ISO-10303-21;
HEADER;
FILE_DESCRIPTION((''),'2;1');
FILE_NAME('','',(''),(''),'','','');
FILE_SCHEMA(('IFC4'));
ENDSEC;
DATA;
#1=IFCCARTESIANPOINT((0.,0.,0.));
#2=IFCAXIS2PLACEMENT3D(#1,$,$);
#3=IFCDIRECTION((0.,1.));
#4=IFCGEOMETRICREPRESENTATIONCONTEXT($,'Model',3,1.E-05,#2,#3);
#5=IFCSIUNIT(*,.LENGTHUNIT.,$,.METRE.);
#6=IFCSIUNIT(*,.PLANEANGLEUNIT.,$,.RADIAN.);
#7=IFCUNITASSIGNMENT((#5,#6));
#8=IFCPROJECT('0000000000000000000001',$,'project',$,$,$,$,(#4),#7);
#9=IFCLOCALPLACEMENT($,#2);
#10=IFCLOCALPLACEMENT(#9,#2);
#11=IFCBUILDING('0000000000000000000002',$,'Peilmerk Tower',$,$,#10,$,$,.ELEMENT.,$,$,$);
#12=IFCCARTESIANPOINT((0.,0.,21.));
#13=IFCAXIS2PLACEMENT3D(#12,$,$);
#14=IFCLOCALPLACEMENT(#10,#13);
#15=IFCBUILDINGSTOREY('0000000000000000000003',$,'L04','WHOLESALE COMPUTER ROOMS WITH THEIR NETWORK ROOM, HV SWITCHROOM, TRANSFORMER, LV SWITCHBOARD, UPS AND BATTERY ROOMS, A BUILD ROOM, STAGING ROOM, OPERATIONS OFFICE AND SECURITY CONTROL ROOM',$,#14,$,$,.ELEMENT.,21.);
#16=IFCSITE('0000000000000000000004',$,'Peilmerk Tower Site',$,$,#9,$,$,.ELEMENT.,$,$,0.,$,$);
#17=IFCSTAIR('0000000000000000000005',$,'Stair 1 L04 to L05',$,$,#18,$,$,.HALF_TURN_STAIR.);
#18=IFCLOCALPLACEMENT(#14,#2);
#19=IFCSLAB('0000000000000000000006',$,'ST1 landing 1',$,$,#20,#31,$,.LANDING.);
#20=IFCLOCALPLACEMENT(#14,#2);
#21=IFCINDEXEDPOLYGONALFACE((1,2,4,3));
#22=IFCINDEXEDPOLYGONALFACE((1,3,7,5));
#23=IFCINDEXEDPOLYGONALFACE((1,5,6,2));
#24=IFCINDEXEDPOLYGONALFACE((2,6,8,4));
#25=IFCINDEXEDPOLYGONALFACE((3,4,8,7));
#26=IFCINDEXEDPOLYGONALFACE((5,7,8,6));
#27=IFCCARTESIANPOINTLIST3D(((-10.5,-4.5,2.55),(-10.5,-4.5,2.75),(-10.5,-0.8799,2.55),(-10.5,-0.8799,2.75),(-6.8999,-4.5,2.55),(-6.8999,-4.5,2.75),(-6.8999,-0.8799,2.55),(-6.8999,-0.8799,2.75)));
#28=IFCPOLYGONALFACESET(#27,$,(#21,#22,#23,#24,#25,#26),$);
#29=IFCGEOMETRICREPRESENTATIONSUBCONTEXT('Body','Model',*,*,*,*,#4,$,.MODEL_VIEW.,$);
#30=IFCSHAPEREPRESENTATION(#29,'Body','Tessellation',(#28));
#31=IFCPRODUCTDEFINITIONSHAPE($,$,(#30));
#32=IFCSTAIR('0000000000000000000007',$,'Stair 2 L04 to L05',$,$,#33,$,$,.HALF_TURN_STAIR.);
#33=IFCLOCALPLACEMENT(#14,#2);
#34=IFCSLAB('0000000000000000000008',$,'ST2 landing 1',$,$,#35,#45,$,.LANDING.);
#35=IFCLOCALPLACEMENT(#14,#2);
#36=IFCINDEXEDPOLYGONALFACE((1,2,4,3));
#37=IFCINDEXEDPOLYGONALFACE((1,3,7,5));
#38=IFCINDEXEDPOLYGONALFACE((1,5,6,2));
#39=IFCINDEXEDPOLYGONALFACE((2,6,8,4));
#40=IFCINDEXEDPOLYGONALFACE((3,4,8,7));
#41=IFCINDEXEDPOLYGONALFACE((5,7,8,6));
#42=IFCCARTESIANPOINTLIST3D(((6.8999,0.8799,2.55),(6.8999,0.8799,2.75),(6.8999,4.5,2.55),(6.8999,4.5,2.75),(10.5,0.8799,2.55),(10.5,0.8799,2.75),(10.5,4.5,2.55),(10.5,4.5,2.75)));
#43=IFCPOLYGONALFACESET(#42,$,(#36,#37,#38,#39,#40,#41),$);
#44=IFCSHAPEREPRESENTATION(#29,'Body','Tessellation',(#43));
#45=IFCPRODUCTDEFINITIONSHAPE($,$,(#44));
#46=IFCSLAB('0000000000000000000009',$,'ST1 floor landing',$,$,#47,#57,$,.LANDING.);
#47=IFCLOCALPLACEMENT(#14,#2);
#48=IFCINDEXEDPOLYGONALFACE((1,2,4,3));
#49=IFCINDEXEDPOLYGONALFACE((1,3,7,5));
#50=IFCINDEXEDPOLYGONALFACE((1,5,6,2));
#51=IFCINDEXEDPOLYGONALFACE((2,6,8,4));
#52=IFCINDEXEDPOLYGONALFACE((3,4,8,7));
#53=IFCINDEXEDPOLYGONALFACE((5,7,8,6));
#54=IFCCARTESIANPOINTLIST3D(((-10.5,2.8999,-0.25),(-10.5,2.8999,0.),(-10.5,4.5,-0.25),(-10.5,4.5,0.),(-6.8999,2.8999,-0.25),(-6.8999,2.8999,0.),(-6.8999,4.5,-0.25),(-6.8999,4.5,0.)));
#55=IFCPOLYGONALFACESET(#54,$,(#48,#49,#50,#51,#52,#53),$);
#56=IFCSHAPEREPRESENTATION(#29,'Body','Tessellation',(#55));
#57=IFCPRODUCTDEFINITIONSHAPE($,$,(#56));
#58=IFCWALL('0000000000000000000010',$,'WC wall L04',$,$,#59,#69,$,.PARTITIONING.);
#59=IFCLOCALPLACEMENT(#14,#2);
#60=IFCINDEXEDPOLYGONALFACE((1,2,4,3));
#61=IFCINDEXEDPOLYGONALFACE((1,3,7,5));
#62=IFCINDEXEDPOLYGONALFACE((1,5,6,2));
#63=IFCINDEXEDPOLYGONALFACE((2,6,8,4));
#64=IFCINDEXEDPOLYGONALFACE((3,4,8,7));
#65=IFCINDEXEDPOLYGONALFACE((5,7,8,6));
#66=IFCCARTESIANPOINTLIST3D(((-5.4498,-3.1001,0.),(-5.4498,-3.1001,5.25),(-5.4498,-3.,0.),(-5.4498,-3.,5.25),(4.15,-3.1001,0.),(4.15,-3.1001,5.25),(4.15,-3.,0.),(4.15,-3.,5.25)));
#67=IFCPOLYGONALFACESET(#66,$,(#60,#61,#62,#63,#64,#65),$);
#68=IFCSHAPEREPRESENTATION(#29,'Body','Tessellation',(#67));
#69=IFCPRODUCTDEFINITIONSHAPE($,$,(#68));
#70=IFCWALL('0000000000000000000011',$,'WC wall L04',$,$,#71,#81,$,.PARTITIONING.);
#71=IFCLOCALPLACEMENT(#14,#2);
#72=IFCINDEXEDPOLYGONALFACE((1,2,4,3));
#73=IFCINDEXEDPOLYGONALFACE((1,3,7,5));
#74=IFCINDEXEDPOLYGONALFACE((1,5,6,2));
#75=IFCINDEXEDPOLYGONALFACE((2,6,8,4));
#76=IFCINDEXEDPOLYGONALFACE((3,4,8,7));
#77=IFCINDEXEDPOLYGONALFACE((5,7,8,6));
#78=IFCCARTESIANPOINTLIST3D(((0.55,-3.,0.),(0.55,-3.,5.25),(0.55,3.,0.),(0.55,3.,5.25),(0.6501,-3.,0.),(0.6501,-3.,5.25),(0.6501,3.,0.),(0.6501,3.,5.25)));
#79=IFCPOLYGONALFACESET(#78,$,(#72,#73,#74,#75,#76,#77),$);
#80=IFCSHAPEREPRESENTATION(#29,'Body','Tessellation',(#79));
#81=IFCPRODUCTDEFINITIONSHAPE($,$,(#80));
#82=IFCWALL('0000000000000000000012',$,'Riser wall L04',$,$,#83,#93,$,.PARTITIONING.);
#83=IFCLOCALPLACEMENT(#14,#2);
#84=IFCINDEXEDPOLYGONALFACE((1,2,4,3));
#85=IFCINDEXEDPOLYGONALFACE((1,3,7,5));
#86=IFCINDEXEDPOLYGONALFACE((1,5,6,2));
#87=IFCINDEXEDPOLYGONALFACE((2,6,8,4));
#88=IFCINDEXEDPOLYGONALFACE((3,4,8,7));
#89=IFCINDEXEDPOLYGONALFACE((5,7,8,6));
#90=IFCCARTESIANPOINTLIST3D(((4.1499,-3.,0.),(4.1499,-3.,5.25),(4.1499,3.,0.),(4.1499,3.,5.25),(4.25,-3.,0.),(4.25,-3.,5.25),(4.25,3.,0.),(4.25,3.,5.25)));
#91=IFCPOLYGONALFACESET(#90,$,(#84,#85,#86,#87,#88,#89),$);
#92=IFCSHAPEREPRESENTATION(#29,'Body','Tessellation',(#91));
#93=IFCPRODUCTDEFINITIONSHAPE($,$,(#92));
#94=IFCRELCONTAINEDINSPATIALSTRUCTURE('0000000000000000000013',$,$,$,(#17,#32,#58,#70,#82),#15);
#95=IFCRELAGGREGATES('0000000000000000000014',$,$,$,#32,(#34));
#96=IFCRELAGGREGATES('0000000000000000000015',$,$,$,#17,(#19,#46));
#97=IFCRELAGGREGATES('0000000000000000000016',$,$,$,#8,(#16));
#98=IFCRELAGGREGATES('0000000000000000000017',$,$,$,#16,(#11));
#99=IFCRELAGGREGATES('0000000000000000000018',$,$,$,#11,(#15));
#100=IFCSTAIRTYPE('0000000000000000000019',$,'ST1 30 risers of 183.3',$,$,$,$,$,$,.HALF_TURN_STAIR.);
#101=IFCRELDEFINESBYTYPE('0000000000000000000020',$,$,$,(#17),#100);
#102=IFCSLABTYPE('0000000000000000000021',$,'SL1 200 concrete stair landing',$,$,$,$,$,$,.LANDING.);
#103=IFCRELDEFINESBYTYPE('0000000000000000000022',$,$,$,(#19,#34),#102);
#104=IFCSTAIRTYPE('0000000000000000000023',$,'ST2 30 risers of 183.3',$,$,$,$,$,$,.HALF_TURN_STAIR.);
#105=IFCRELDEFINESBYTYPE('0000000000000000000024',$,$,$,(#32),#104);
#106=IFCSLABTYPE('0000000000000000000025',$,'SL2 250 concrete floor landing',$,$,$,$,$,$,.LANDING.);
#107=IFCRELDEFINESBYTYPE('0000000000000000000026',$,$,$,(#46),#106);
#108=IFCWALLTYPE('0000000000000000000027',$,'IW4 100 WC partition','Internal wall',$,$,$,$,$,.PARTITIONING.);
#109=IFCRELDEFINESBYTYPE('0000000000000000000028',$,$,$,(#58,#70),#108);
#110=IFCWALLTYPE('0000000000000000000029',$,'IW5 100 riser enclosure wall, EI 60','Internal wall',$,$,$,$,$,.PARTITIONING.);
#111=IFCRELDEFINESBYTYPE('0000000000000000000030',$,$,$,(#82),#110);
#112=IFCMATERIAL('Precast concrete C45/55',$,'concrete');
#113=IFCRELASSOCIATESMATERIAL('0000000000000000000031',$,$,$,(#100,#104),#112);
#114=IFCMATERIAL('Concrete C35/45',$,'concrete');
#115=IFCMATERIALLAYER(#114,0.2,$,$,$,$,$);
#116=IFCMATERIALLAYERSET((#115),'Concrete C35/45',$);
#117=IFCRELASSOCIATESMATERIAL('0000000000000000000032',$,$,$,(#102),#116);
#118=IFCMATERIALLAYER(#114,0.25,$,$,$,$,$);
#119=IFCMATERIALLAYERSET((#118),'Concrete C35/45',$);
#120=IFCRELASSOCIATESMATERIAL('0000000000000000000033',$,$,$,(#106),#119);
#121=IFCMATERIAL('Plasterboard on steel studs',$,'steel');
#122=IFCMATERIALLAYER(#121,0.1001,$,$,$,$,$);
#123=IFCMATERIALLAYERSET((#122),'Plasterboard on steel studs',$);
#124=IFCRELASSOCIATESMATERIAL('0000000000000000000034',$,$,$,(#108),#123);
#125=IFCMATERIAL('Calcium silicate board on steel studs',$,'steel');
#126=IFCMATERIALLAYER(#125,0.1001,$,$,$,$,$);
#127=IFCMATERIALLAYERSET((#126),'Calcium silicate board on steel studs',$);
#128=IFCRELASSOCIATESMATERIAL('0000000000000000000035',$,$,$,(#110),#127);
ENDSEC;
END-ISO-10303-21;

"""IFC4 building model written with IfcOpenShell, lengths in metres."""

from ifc_helpers import new_model, si_unit, direction, frame, frame_2d, origin, place, context, subcontext, project, spatial, polyline, rectangle, outline, extrude, material, layer, layer_set, type_object, element, aggregate, save


model = new_model("IFC4")

# Units and contexts
model_context = context("Model", 3, precision=1e-05, world=origin(), true_north=direction((0.0, 1.0)))
body_context = subcontext(model_context, "Body", "Model", "MODEL_VIEW")
ifc_project = project(units=[si_unit("LENGTHUNIT", "METRE"), si_unit("PLANEANGLEUNIT", "RADIAN")], contexts=[model_context])

# Site, building, storey
site_placement = place(None, origin())
site = spatial("IfcSite", under=ifc_project, at=site_placement, Name="Peilmerk Tower Site", CompositionType="ELEMENT", RefElevation=0.0)
building_placement = place(site_placement, origin())
building = spatial("IfcBuilding", under=site, at=building_placement, Name="Peilmerk Tower", CompositionType="ELEMENT")
storey_placement = place(building_placement, frame((0.0, 0.0, 21.0)))
storey = spatial("IfcBuildingStorey", under=building, at=storey_placement, Name="L04", Description="WHOLESALE COMPUTER ROOMS WITH THEIR NETWORK ROOM, HV SWITCHROOM, TRANSFORMER, LV SWITCHBOARD, UPS AND BATTERY ROOMS, A BUILD ROOM, STAGING ROOM, OPERATIONS OFFICE AND SECURITY CONTROL ROOM", CompositionType="ELEMENT", Elevation=21.0)

# Stairs, slabs
ifc_material_1 = material(Name="Precast concrete C45/55", Category="concrete")
stair_type_1 = type_object("IfcStairType", Name="ST1 30 risers of 183.3", PredefinedType="HALF_TURN_STAIR", material=ifc_material_1)
stair_1_placement = place(storey_placement, origin())
stair_1 = element("IfcStair", 1, at=stair_1_placement, inside=storey, type_object=stair_type_1, Name="Stair 1 L04 to L05", PredefinedType="HALF_TURN_STAIR")
ifc_material_2 = material(Name="Concrete C35/45", Category="concrete")
ifc_layer_1 = layer(ifc_material_2, 0.2)
ifc_layer_set_1 = layer_set([ifc_layer_1], Name="Concrete C35/45")
slab_type_1 = type_object("IfcSlabType", Name="SL1 200 concrete stair landing", PredefinedType="LANDING", material=ifc_layer_set_1)
slab_1_placement = place(storey_placement, frame((0.0, 0.0, 2.55)))
slab_1 = element("IfcSlab", 2, at=slab_1_placement, type_object=slab_type_1, Name="ST1 landing 1", PredefinedType="LANDING", context=body_context, shape_type="SweptSolid", body=[
    extrude(outline(polyline([(-10.5, -4.5), (-6.8999, -4.5), (-6.8999, -0.8799), (-10.5, -0.8799), (-10.5, -4.5)])), origin(), (0.0, 0.0, 1.0), 0.2),
])
stair_type_2 = type_object("IfcStairType", Name="ST2 30 risers of 183.3", PredefinedType="HALF_TURN_STAIR", material=ifc_material_1)
stair_2_placement = place(storey_placement, origin())
stair_2 = element("IfcStair", 3, at=stair_2_placement, inside=storey, type_object=stair_type_2, Name="Stair 2 L04 to L05", PredefinedType="HALF_TURN_STAIR")
slab_2_placement = place(storey_placement, frame((0.0, 0.0, 2.55)))
slab_2 = element("IfcSlab", 4, at=slab_2_placement, type_object=slab_type_1, Name="ST2 landing 1", PredefinedType="LANDING", context=body_context, shape_type="SweptSolid", body=[
    extrude(outline(polyline([(6.8999, 0.8799), (10.5, 0.8799), (10.5, 4.5), (6.8999, 4.5), (6.8999, 0.8799)])), origin(), (0.0, 0.0, 1.0), 0.2),
])
aggregate(stair_2, [slab_2])

# Slab
ifc_layer_2 = layer(ifc_material_2, 0.25)
ifc_layer_set_2 = layer_set([ifc_layer_2], Name="Concrete C35/45")
slab_type_2 = type_object("IfcSlabType", Name="SL2 250 concrete floor landing", PredefinedType="LANDING", material=ifc_layer_set_2)
slab_3_placement = place(storey_placement, frame((0.0, 0.0, -0.25)))
slab_3 = element("IfcSlab", 5, at=slab_3_placement, type_object=slab_type_2, Name="ST1 floor landing", PredefinedType="LANDING", context=body_context, shape_type="SweptSolid", body=[
    extrude(outline(polyline([(-10.5, 2.8999), (-6.8999, 2.8999), (-6.8999, 4.5), (-10.5, 4.5), (-10.5, 2.8999)])), origin(), (0.0, 0.0, 1.0), 0.25),
])
aggregate(stair_1, [slab_1, slab_3])

# Walls
ifc_material_3 = material(Name="Plasterboard on steel studs", Category="steel")
ifc_layer_3 = layer(ifc_material_3, 0.1001)
ifc_layer_set_3 = layer_set([ifc_layer_3], Name="Plasterboard on steel studs")
wall_type_1 = type_object("IfcWallType", Name="IW4 100 WC partition", Description="Internal wall", PredefinedType="PARTITIONING", material=ifc_layer_set_3)
wall_1_placement = place(storey_placement, frame((4.1499, -3.05, 0.0), z_axis=(0.0, 0.0, 1.0), x_axis=(-1.0, 0.0, 0.0)))
element("IfcWall", 6, at=wall_1_placement, inside=storey, type_object=wall_type_1, Name="WC wall L04", PredefinedType="PARTITIONING", context=body_context, shape_type="SweptSolid", body=[
    extrude(rectangle(XDim=9.5999, YDim=0.1001, at=frame_2d((4.7998, 0.0))), origin(), (0.0, 0.0, 1.0), 5.25),
])
wall_2_placement = place(storey_placement, frame((0.6001, -3.0, 0.0), z_axis=(0.0, 0.0, 1.0), x_axis=(0.0, 1.0, 0.0)))
element("IfcWall", 7, at=wall_2_placement, inside=storey, type_object=wall_type_1, Name="WC wall L04", PredefinedType="PARTITIONING", context=body_context, shape_type="SweptSolid", body=[
    extrude(rectangle(XDim=6.0, YDim=0.1001, at=frame_2d((3.0, 0.0))), origin(), (0.0, 0.0, 1.0), 5.25),
])
ifc_material_4 = material(Name="Calcium silicate board on steel studs", Category="steel")
ifc_layer_4 = layer(ifc_material_4, 0.1001)
ifc_layer_set_4 = layer_set([ifc_layer_4], Name="Calcium silicate board on steel studs")
wall_type_2 = type_object("IfcWallType", Name="IW5 100 riser enclosure wall, EI 60", Description="Internal wall", PredefinedType="PARTITIONING", material=ifc_layer_set_4)
wall_3_placement = place(storey_placement, frame((4.2, -3.0, 0.0), z_axis=(0.0, 0.0, 1.0), x_axis=(0.0, 1.0, 0.0)))
element("IfcWall", 8, at=wall_3_placement, inside=storey, type_object=wall_type_2, Name="Riser wall L04", PredefinedType="PARTITIONING", context=body_context, shape_type="SweptSolid", body=[
    extrude(rectangle(XDim=6.0, YDim=0.1001, at=frame_2d((3.0, 0.0))), origin(), (0.0, 0.0, 1.0), 5.25),
])

save(model, "model.ifc")
